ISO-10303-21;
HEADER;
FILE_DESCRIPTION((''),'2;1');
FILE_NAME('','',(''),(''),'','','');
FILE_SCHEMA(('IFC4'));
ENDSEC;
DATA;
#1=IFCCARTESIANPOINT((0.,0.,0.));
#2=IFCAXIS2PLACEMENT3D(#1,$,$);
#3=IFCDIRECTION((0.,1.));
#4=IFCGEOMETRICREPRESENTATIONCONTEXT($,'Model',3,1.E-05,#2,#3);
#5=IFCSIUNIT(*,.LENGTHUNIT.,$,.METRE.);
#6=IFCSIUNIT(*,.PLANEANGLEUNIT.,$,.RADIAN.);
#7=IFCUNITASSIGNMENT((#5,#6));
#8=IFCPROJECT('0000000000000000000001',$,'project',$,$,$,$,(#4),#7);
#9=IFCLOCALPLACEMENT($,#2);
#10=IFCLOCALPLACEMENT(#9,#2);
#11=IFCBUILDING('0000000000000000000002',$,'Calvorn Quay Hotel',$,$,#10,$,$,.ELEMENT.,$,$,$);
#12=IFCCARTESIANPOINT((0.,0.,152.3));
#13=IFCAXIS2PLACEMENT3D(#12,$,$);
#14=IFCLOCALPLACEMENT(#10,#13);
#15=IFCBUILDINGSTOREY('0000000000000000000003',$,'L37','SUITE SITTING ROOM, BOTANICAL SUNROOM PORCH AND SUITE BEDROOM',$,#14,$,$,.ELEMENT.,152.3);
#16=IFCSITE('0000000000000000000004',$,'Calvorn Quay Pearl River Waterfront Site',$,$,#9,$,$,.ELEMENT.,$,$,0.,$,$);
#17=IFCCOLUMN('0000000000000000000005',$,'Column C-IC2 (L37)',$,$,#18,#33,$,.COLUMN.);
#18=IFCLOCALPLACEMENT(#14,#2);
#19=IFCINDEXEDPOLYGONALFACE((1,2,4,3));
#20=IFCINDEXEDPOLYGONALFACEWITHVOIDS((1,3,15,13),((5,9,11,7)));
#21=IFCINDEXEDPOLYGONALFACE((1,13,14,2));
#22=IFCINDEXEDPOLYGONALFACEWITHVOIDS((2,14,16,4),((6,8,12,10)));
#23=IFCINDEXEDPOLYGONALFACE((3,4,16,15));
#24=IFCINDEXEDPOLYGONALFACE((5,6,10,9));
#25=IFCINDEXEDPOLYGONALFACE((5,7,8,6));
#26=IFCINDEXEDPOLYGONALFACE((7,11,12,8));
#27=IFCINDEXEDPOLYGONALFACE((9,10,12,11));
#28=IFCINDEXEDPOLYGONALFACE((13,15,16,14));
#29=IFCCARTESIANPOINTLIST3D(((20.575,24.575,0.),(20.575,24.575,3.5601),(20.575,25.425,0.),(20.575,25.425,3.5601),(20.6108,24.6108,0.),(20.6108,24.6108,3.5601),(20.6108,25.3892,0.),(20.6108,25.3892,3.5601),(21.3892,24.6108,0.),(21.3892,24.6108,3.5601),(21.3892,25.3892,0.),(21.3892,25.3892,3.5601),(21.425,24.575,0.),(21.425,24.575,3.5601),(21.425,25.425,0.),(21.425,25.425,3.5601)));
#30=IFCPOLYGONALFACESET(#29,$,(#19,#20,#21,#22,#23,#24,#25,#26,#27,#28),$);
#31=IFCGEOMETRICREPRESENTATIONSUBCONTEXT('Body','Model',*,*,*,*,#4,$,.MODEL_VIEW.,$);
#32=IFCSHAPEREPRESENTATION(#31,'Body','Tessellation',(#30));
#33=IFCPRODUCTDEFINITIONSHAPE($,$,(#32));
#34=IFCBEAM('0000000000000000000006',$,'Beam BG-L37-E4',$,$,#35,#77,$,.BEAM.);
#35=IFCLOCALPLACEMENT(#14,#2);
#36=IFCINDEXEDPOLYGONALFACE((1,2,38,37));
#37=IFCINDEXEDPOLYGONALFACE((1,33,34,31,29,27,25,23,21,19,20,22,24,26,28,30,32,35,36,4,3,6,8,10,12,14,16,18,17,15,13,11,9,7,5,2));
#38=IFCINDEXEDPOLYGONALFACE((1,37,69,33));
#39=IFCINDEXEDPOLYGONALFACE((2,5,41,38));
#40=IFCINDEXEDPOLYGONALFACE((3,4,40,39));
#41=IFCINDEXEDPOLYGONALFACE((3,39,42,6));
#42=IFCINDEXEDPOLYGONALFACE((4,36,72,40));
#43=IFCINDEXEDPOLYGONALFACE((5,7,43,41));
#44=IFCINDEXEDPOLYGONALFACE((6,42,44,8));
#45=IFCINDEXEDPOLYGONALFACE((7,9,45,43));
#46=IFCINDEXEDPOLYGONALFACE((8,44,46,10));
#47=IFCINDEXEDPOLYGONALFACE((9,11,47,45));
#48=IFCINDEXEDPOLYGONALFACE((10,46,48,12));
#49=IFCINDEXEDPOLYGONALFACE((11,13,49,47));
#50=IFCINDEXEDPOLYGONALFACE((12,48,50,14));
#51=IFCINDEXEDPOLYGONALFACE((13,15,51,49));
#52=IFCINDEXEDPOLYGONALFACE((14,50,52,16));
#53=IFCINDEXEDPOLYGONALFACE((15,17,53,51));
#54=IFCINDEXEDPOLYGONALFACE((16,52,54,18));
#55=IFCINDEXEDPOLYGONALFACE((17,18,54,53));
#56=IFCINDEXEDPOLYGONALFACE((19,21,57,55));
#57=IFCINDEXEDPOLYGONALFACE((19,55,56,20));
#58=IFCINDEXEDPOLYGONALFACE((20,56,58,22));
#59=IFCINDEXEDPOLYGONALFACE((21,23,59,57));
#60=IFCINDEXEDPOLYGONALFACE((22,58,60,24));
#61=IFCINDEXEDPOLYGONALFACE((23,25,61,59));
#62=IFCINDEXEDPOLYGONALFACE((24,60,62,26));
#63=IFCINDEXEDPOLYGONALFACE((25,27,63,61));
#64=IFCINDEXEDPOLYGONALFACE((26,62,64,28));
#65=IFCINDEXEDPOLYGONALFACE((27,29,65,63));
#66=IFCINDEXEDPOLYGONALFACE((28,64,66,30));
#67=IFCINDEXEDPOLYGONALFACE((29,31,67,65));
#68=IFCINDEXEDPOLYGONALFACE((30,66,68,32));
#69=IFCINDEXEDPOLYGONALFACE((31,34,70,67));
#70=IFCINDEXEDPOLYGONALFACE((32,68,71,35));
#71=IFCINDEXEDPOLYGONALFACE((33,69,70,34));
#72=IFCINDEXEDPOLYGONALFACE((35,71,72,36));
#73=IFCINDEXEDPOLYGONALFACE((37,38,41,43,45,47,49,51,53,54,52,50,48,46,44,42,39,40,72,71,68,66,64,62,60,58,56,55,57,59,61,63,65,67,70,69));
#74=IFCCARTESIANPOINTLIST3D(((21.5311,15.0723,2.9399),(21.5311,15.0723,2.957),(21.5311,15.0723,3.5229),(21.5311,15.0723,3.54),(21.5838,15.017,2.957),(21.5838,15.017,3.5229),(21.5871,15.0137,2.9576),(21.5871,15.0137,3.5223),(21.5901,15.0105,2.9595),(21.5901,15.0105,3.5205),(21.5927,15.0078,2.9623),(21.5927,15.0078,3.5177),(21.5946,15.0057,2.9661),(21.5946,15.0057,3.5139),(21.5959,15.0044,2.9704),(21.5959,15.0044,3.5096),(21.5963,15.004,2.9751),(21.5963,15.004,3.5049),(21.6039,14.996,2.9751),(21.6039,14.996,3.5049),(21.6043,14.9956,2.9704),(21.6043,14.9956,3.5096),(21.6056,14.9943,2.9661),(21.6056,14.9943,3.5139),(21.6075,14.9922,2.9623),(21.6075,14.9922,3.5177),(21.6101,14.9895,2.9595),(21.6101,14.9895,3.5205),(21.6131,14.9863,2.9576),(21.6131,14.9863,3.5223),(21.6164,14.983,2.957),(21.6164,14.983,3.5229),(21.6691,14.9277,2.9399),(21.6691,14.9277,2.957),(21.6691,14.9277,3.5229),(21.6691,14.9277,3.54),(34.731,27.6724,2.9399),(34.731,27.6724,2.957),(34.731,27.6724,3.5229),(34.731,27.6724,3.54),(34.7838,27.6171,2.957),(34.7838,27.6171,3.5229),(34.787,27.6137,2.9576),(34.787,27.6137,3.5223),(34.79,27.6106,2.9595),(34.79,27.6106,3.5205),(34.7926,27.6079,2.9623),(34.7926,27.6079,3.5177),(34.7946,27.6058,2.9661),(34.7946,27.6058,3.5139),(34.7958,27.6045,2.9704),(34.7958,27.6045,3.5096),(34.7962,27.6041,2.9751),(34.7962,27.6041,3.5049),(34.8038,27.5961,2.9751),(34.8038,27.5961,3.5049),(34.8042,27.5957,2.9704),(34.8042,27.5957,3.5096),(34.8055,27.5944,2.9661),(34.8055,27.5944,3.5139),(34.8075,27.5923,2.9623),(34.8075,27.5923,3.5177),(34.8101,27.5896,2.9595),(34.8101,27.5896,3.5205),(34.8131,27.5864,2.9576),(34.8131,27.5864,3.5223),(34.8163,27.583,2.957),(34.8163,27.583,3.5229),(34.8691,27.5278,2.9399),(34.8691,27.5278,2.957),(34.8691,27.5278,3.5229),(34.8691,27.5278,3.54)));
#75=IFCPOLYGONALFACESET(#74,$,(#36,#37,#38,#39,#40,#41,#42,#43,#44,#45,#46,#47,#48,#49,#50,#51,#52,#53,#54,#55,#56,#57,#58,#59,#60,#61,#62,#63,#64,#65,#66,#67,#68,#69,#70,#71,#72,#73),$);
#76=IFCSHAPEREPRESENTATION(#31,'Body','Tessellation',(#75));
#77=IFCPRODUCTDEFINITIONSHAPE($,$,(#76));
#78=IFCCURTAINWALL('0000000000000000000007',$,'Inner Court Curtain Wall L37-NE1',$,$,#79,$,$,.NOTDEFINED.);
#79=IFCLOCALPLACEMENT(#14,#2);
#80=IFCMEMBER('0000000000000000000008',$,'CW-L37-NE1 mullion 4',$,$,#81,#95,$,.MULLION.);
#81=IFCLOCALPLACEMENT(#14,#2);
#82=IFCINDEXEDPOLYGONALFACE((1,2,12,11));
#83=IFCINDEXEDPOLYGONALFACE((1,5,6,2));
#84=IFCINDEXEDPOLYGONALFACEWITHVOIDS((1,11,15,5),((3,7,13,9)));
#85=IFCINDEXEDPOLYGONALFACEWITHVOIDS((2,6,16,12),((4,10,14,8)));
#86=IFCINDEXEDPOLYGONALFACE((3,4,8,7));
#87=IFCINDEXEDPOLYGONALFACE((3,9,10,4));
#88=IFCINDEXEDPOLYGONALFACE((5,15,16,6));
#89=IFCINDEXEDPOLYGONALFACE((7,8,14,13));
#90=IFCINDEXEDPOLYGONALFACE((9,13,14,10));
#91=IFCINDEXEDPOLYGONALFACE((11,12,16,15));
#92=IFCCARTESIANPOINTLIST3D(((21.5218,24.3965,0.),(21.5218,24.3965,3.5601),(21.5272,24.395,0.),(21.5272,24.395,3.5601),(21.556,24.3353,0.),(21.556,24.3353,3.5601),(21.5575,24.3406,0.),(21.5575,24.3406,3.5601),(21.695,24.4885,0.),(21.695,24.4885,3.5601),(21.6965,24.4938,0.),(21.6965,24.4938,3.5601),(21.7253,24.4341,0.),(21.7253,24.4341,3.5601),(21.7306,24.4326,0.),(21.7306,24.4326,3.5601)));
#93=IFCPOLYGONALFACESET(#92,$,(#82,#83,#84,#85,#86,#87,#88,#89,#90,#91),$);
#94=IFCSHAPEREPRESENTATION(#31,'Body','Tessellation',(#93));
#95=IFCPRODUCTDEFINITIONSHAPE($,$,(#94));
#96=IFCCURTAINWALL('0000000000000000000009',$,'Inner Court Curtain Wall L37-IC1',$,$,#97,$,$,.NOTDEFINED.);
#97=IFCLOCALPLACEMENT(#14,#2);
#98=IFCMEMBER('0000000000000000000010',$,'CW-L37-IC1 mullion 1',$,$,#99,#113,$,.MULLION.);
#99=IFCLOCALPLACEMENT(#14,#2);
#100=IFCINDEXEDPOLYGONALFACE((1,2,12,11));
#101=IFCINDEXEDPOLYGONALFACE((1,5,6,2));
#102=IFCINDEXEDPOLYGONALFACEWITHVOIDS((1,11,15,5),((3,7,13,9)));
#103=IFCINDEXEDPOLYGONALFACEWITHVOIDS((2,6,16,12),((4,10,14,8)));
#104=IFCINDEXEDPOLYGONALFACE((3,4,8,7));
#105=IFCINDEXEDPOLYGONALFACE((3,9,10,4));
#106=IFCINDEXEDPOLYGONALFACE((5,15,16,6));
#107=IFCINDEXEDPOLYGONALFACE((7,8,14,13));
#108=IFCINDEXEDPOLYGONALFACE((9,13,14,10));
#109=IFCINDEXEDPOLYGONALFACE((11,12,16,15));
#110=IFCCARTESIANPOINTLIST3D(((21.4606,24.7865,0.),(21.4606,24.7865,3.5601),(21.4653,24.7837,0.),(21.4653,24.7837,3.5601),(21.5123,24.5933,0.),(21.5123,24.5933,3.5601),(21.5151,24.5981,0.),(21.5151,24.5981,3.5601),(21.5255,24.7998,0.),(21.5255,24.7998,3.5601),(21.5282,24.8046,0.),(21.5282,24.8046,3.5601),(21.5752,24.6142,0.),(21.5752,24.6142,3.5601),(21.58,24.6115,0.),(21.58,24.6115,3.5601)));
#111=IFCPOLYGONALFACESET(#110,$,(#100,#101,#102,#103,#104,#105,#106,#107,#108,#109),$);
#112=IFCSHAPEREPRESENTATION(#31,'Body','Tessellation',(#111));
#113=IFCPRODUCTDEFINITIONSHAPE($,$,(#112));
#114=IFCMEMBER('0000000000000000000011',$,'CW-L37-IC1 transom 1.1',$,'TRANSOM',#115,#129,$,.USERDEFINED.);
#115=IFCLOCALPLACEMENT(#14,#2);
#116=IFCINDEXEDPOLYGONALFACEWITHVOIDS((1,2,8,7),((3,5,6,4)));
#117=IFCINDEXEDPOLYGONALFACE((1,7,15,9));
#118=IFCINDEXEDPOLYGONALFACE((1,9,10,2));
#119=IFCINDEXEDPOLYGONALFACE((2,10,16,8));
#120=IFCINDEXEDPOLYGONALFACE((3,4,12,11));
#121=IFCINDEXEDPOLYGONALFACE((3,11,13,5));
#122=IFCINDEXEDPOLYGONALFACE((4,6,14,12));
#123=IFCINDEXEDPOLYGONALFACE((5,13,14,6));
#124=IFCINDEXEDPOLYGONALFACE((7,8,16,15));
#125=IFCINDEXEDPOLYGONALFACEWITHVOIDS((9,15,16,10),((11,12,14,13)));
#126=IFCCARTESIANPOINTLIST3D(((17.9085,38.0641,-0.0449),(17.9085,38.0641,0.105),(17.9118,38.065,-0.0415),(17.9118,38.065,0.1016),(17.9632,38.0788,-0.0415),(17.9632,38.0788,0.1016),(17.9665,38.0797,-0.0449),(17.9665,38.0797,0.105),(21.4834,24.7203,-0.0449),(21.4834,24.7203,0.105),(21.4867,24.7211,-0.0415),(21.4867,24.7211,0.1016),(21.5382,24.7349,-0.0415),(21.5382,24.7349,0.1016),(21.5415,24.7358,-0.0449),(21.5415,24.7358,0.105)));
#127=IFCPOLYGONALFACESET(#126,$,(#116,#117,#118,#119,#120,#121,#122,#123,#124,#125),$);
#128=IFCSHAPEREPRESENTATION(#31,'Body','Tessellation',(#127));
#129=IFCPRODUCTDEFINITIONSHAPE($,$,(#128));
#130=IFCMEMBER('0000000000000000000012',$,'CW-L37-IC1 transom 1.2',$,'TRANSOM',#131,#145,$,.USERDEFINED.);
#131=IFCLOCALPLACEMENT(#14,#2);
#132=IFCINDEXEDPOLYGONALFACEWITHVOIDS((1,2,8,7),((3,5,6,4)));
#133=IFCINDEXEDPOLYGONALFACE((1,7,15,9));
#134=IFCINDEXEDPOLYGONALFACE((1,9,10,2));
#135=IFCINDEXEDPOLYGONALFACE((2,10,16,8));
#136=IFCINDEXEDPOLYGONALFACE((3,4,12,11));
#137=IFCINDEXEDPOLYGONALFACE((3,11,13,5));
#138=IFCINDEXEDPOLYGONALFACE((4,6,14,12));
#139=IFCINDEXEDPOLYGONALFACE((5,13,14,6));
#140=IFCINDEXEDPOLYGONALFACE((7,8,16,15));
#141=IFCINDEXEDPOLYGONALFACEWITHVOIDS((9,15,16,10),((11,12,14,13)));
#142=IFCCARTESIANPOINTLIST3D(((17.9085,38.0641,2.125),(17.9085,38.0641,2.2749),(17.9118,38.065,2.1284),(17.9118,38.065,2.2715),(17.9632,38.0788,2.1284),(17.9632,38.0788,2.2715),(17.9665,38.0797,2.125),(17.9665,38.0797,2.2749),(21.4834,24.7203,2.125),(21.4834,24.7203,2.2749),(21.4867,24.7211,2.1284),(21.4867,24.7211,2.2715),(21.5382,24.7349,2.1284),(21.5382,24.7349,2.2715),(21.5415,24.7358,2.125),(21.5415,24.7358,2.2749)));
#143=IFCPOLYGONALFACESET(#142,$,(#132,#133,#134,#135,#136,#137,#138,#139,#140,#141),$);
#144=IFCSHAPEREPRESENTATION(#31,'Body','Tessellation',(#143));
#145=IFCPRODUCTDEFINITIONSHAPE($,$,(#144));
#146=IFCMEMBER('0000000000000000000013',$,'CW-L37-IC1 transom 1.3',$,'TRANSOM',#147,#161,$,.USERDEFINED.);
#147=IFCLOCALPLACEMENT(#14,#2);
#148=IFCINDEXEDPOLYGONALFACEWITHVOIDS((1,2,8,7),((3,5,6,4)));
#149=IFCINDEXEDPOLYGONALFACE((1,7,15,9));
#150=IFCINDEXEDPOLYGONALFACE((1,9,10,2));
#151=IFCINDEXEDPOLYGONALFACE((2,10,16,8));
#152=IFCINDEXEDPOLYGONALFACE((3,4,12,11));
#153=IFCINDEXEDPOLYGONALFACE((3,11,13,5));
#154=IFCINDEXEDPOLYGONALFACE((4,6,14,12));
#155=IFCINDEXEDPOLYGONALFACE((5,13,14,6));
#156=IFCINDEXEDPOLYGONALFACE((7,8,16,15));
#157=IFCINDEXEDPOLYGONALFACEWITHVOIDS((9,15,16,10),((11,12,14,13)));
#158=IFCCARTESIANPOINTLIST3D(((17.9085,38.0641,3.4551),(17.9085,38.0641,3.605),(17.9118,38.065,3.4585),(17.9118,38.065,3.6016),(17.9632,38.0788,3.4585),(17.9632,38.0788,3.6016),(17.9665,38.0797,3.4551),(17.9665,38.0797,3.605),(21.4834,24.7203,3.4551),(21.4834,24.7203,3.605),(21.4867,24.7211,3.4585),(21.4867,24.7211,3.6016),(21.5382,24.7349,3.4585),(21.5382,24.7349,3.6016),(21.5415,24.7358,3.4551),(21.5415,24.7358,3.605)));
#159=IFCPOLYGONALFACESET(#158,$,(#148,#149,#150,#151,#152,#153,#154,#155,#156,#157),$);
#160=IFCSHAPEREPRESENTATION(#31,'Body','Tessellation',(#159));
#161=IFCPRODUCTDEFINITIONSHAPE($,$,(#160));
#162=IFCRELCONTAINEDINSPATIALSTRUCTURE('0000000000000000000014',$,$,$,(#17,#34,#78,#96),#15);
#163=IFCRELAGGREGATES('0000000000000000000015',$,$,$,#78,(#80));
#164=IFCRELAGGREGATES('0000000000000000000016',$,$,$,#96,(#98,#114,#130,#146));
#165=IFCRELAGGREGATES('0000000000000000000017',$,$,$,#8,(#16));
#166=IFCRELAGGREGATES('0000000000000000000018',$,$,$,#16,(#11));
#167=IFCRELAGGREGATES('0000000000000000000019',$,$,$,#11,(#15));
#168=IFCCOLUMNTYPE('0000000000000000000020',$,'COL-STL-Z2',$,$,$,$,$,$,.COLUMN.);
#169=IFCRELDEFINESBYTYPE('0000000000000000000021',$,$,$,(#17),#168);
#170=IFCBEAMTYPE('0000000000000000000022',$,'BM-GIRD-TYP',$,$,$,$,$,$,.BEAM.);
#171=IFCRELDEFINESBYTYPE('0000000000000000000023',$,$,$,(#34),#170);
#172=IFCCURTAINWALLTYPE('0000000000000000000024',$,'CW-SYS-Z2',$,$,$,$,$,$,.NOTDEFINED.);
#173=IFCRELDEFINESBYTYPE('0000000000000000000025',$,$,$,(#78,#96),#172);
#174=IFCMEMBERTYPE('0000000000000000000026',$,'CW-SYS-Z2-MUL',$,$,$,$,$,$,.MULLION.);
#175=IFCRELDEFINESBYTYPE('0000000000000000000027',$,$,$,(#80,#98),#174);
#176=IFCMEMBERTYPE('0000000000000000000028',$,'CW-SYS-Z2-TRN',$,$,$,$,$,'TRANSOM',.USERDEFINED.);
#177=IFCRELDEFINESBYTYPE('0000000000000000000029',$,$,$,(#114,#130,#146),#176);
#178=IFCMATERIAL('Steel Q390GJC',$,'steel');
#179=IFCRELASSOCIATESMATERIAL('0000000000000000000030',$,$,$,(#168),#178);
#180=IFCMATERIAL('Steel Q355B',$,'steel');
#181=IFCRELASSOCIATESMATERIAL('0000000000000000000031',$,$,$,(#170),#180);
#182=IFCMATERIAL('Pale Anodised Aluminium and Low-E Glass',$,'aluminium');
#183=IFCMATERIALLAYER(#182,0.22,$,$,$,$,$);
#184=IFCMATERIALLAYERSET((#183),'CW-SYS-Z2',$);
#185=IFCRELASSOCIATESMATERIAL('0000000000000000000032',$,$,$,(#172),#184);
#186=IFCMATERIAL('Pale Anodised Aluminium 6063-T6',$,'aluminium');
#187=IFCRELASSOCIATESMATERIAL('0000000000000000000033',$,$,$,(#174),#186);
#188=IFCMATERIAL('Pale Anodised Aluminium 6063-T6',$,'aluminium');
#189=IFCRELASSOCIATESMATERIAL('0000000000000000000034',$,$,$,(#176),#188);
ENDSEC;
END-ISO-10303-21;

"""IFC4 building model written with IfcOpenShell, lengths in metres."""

from ifc_helpers import new_model, si_unit, direction, frame, origin, origin_2d, place, context, subcontext, project, spatial, hollow_rectangle, i_section, extrude, material, layer, layer_set, material_profile, profile_set, type_object, element, aggregate, save


model = new_model("IFC4")

# Units and contexts
model_context = context("Model", 3, precision=1e-05, world=origin(), true_north=direction((0.0, 1.0)))
body_context = subcontext(model_context, "Body", "Model", "MODEL_VIEW")
ifc_project = project(units=[si_unit("LENGTHUNIT", "METRE"), si_unit("PLANEANGLEUNIT", "RADIAN")], contexts=[model_context])

# Site, building, storey
site_placement = place(None, origin())
site = spatial("IfcSite", under=ifc_project, at=site_placement, Name="Calvorn Quay Pearl River Waterfront Site", CompositionType="ELEMENT", RefElevation=0.0)
building_placement = place(site_placement, origin())
building = spatial("IfcBuilding", under=site, at=building_placement, Name="Calvorn Quay Hotel", CompositionType="ELEMENT")
storey_placement = place(building_placement, frame((0.0, 0.0, 152.3)))
storey = spatial("IfcBuildingStorey", under=building, at=storey_placement, Name="L37", Description="SUITE SITTING ROOM, BOTANICAL SUNROOM PORCH AND SUITE BEDROOM", CompositionType="ELEMENT", Elevation=152.3)

# Column
ifc_material_1 = material(Name="Steel Q390GJC", Category="steel")
ifc_material_profile_1 = material_profile(ifc_material_1, hollow_rectangle(XDim=0.8501, YDim=0.8501, WallThickness=0.0359, at=origin_2d()), Name="BOX850x850x36")
ifc_profile_set_1 = profile_set([ifc_material_profile_1], Name="Steel Q390GJC")
column_type = type_object("IfcColumnType", Name="COL-STL-Z2", PredefinedType="COLUMN", material=ifc_profile_set_1)
column_placement = place(storey_placement, frame((21.0, 25.0, 0.0), z_axis=(0.0, 0.0, 1.0), x_axis=(1.0, 0.0, 0.0)))
element("IfcColumn", 1, at=column_placement, inside=storey, type_object=column_type, Name="Column C-IC2 (L37)", PredefinedType="COLUMN", context=body_context, shape_type="SweptSolid", body=[
    extrude(hollow_rectangle(XDim=0.8501, YDim=0.8501, WallThickness=0.0359, at=origin_2d()), origin(), (0.0, 0.0, 1.0), 3.5601),
])

# Beam
ifc_material_2 = material(Name="Steel Q355B", Category="steel")
ifc_material_profile_2 = material_profile(ifc_material_2, i_section(OverallWidth=0.2, OverallDepth=0.6001, WebThickness=0.011, FlangeThickness=0.0171, FilletRadius=0.0181, at=origin_2d()), Name="HN600x200x11x17")
ifc_profile_set_2 = profile_set([ifc_material_profile_2], Name="Steel Q355B")
beam_type = type_object("IfcBeamType", Name="BM-GIRD-TYP", PredefinedType="BEAM", material=ifc_profile_set_2)
beam_placement = place(storey_placement, frame((21.6001, 15.0, 3.24), z_axis=(0.723352, 0.69048, 0.0), x_axis=(-0.69048, 0.723352, 0.0)))
element("IfcBeam", 2, at=beam_placement, inside=storey, type_object=beam_type, Name="Beam BG-L37-E4", PredefinedType="BEAM", context=body_context, shape_type="SweptSolid", body=[
    extrude(i_section(OverallWidth=0.2, OverallDepth=0.6001, WebThickness=0.011, FlangeThickness=0.0171, FilletRadius=0.0181, at=origin_2d()), origin(), (0.0, 0.0, 1.0), 18.2483),
])

# Curtain wall, member
ifc_material_3 = material(Name="Pale Anodised Aluminium and Low-E Glass", Category="aluminium")
ifc_layer_1 = layer(ifc_material_3, 0.22)
ifc_layer_set_1 = layer_set([ifc_layer_1], Name="CW-SYS-Z2")
curtain_wall_type = type_object("IfcCurtainWallType", Name="CW-SYS-Z2", PredefinedType="NOTDEFINED", material=ifc_layer_set_1)
curtain_wall_1_placement = place(storey_placement, origin())
curtain_wall_1 = element("IfcCurtainWall", 3, at=curtain_wall_1_placement, inside=storey, type_object=curtain_wall_type, Name="Inner Court Curtain Wall L37-NE1", PredefinedType="NOTDEFINED")
ifc_material_4 = material(Name="Pale Anodised Aluminium 6063-T6", Category="aluminium")
ifc_material_profile_3 = material_profile(ifc_material_4, hollow_rectangle(XDim=0.0701, YDim=0.2, WallThickness=0.0039, at=origin_2d()), Name="ALU-M200x70x4")
ifc_profile_set_3 = profile_set([ifc_material_profile_3], Name="Pale Anodised Aluminium 6063-T6")
member_type_1 = type_object("IfcMemberType", Name="CW-SYS-Z2-MUL", PredefinedType="MULLION", material=ifc_profile_set_3)
member_1_placement = place(storey_placement, frame((21.6262, 24.4146, 0.0), z_axis=(0.0, 0.0, 1.0), x_axis=(0.486858, -0.873481, 0.0)))
member_1 = element("IfcMember", 4, at=member_1_placement, type_object=member_type_1, Name="CW-L37-NE1 mullion 4", PredefinedType="MULLION", context=body_context, shape_type="SweptSolid", body=[
    extrude(hollow_rectangle(XDim=0.0701, YDim=0.2, WallThickness=0.0039, at=origin_2d()), origin(), (0.0, 0.0, 1.0), 3.5601),
])
aggregate(curtain_wall_1, [member_1])

# Curtain wall, members
curtain_wall_2_placement = place(storey_placement, origin())
curtain_wall_2 = element("IfcCurtainWall", 5, at=curtain_wall_2_placement, inside=storey, type_object=curtain_wall_type, Name="Inner Court Curtain Wall L37-IC1", PredefinedType="NOTDEFINED")
member_2_placement = place(storey_placement, frame((21.5203, 24.699, 0.0), z_axis=(0.0, 0.0, 1.0), x_axis=(-0.965937, -0.258779, 0.0)))
member_2 = element("IfcMember", 6, at=member_2_placement, type_object=member_type_1, Name="CW-L37-IC1 mullion 1", PredefinedType="MULLION", context=body_context, shape_type="SweptSolid", body=[
    extrude(hollow_rectangle(XDim=0.0701, YDim=0.2, WallThickness=0.0039, at=origin_2d()), origin(), (0.0, 0.0, 1.0), 3.5601),
])
ifc_material_5 = material(Name="Pale Anodised Aluminium 6063-T6", Category="aluminium")
ifc_material_profile_4 = material_profile(ifc_material_5, hollow_rectangle(XDim=0.0601, YDim=0.1499, WallThickness=0.0034, at=origin_2d()), Name="ALU-T150x60x3.5")
ifc_profile_set_4 = profile_set([ifc_material_profile_4], Name="Pale Anodised Aluminium 6063-T6")
member_type_2 = type_object("IfcMemberType", Name="CW-SYS-Z2-TRN", ElementType="TRANSOM", PredefinedType="USERDEFINED", material=ifc_profile_set_4)
member_3_placement = place(storey_placement, frame((21.5125, 24.728, 0.03), z_axis=(-0.258781, 0.965936, 0.0), x_axis=(-0.965936, -0.258781, 0.0)))
member_3 = element("IfcMember", 7, at=member_3_placement, type_object=member_type_2, Name="CW-L37-IC1 transom 1.1", ObjectType="TRANSOM", PredefinedType="USERDEFINED", context=body_context, shape_type="SweptSolid", body=[
    extrude(hollow_rectangle(XDim=0.0601, YDim=0.1499, WallThickness=0.0034, at=origin_2d()), origin(), (0.0, 0.0, 1.0), 13.8145),
])
member_4_placement = place(storey_placement, frame((21.5125, 24.728, 2.2), z_axis=(-0.258781, 0.965936, 0.0), x_axis=(-0.965936, -0.258781, 0.0)))
member_4 = element("IfcMember", 8, at=member_4_placement, type_object=member_type_2, Name="CW-L37-IC1 transom 1.2", ObjectType="TRANSOM", PredefinedType="USERDEFINED", context=body_context, shape_type="SweptSolid", body=[
    extrude(hollow_rectangle(XDim=0.0601, YDim=0.1499, WallThickness=0.0034, at=origin_2d()), origin(), (0.0, 0.0, 1.0), 13.8145),
])
member_5_placement = place(storey_placement, frame((21.5125, 24.728, 3.53), z_axis=(-0.258781, 0.965936, 0.0), x_axis=(-0.965936, -0.258781, 0.0)))
member_5 = element("IfcMember", 9, at=member_5_placement, type_object=member_type_2, Name="CW-L37-IC1 transom 1.3", ObjectType="TRANSOM", PredefinedType="USERDEFINED", context=body_context, shape_type="SweptSolid", body=[
    extrude(hollow_rectangle(XDim=0.0601, YDim=0.1499, WallThickness=0.0034, at=origin_2d()), origin(), (0.0, 0.0, 1.0), 13.8145),
])
aggregate(curtain_wall_2, [member_2, member_3, member_4, member_5])

save(model, "model.ifc")
